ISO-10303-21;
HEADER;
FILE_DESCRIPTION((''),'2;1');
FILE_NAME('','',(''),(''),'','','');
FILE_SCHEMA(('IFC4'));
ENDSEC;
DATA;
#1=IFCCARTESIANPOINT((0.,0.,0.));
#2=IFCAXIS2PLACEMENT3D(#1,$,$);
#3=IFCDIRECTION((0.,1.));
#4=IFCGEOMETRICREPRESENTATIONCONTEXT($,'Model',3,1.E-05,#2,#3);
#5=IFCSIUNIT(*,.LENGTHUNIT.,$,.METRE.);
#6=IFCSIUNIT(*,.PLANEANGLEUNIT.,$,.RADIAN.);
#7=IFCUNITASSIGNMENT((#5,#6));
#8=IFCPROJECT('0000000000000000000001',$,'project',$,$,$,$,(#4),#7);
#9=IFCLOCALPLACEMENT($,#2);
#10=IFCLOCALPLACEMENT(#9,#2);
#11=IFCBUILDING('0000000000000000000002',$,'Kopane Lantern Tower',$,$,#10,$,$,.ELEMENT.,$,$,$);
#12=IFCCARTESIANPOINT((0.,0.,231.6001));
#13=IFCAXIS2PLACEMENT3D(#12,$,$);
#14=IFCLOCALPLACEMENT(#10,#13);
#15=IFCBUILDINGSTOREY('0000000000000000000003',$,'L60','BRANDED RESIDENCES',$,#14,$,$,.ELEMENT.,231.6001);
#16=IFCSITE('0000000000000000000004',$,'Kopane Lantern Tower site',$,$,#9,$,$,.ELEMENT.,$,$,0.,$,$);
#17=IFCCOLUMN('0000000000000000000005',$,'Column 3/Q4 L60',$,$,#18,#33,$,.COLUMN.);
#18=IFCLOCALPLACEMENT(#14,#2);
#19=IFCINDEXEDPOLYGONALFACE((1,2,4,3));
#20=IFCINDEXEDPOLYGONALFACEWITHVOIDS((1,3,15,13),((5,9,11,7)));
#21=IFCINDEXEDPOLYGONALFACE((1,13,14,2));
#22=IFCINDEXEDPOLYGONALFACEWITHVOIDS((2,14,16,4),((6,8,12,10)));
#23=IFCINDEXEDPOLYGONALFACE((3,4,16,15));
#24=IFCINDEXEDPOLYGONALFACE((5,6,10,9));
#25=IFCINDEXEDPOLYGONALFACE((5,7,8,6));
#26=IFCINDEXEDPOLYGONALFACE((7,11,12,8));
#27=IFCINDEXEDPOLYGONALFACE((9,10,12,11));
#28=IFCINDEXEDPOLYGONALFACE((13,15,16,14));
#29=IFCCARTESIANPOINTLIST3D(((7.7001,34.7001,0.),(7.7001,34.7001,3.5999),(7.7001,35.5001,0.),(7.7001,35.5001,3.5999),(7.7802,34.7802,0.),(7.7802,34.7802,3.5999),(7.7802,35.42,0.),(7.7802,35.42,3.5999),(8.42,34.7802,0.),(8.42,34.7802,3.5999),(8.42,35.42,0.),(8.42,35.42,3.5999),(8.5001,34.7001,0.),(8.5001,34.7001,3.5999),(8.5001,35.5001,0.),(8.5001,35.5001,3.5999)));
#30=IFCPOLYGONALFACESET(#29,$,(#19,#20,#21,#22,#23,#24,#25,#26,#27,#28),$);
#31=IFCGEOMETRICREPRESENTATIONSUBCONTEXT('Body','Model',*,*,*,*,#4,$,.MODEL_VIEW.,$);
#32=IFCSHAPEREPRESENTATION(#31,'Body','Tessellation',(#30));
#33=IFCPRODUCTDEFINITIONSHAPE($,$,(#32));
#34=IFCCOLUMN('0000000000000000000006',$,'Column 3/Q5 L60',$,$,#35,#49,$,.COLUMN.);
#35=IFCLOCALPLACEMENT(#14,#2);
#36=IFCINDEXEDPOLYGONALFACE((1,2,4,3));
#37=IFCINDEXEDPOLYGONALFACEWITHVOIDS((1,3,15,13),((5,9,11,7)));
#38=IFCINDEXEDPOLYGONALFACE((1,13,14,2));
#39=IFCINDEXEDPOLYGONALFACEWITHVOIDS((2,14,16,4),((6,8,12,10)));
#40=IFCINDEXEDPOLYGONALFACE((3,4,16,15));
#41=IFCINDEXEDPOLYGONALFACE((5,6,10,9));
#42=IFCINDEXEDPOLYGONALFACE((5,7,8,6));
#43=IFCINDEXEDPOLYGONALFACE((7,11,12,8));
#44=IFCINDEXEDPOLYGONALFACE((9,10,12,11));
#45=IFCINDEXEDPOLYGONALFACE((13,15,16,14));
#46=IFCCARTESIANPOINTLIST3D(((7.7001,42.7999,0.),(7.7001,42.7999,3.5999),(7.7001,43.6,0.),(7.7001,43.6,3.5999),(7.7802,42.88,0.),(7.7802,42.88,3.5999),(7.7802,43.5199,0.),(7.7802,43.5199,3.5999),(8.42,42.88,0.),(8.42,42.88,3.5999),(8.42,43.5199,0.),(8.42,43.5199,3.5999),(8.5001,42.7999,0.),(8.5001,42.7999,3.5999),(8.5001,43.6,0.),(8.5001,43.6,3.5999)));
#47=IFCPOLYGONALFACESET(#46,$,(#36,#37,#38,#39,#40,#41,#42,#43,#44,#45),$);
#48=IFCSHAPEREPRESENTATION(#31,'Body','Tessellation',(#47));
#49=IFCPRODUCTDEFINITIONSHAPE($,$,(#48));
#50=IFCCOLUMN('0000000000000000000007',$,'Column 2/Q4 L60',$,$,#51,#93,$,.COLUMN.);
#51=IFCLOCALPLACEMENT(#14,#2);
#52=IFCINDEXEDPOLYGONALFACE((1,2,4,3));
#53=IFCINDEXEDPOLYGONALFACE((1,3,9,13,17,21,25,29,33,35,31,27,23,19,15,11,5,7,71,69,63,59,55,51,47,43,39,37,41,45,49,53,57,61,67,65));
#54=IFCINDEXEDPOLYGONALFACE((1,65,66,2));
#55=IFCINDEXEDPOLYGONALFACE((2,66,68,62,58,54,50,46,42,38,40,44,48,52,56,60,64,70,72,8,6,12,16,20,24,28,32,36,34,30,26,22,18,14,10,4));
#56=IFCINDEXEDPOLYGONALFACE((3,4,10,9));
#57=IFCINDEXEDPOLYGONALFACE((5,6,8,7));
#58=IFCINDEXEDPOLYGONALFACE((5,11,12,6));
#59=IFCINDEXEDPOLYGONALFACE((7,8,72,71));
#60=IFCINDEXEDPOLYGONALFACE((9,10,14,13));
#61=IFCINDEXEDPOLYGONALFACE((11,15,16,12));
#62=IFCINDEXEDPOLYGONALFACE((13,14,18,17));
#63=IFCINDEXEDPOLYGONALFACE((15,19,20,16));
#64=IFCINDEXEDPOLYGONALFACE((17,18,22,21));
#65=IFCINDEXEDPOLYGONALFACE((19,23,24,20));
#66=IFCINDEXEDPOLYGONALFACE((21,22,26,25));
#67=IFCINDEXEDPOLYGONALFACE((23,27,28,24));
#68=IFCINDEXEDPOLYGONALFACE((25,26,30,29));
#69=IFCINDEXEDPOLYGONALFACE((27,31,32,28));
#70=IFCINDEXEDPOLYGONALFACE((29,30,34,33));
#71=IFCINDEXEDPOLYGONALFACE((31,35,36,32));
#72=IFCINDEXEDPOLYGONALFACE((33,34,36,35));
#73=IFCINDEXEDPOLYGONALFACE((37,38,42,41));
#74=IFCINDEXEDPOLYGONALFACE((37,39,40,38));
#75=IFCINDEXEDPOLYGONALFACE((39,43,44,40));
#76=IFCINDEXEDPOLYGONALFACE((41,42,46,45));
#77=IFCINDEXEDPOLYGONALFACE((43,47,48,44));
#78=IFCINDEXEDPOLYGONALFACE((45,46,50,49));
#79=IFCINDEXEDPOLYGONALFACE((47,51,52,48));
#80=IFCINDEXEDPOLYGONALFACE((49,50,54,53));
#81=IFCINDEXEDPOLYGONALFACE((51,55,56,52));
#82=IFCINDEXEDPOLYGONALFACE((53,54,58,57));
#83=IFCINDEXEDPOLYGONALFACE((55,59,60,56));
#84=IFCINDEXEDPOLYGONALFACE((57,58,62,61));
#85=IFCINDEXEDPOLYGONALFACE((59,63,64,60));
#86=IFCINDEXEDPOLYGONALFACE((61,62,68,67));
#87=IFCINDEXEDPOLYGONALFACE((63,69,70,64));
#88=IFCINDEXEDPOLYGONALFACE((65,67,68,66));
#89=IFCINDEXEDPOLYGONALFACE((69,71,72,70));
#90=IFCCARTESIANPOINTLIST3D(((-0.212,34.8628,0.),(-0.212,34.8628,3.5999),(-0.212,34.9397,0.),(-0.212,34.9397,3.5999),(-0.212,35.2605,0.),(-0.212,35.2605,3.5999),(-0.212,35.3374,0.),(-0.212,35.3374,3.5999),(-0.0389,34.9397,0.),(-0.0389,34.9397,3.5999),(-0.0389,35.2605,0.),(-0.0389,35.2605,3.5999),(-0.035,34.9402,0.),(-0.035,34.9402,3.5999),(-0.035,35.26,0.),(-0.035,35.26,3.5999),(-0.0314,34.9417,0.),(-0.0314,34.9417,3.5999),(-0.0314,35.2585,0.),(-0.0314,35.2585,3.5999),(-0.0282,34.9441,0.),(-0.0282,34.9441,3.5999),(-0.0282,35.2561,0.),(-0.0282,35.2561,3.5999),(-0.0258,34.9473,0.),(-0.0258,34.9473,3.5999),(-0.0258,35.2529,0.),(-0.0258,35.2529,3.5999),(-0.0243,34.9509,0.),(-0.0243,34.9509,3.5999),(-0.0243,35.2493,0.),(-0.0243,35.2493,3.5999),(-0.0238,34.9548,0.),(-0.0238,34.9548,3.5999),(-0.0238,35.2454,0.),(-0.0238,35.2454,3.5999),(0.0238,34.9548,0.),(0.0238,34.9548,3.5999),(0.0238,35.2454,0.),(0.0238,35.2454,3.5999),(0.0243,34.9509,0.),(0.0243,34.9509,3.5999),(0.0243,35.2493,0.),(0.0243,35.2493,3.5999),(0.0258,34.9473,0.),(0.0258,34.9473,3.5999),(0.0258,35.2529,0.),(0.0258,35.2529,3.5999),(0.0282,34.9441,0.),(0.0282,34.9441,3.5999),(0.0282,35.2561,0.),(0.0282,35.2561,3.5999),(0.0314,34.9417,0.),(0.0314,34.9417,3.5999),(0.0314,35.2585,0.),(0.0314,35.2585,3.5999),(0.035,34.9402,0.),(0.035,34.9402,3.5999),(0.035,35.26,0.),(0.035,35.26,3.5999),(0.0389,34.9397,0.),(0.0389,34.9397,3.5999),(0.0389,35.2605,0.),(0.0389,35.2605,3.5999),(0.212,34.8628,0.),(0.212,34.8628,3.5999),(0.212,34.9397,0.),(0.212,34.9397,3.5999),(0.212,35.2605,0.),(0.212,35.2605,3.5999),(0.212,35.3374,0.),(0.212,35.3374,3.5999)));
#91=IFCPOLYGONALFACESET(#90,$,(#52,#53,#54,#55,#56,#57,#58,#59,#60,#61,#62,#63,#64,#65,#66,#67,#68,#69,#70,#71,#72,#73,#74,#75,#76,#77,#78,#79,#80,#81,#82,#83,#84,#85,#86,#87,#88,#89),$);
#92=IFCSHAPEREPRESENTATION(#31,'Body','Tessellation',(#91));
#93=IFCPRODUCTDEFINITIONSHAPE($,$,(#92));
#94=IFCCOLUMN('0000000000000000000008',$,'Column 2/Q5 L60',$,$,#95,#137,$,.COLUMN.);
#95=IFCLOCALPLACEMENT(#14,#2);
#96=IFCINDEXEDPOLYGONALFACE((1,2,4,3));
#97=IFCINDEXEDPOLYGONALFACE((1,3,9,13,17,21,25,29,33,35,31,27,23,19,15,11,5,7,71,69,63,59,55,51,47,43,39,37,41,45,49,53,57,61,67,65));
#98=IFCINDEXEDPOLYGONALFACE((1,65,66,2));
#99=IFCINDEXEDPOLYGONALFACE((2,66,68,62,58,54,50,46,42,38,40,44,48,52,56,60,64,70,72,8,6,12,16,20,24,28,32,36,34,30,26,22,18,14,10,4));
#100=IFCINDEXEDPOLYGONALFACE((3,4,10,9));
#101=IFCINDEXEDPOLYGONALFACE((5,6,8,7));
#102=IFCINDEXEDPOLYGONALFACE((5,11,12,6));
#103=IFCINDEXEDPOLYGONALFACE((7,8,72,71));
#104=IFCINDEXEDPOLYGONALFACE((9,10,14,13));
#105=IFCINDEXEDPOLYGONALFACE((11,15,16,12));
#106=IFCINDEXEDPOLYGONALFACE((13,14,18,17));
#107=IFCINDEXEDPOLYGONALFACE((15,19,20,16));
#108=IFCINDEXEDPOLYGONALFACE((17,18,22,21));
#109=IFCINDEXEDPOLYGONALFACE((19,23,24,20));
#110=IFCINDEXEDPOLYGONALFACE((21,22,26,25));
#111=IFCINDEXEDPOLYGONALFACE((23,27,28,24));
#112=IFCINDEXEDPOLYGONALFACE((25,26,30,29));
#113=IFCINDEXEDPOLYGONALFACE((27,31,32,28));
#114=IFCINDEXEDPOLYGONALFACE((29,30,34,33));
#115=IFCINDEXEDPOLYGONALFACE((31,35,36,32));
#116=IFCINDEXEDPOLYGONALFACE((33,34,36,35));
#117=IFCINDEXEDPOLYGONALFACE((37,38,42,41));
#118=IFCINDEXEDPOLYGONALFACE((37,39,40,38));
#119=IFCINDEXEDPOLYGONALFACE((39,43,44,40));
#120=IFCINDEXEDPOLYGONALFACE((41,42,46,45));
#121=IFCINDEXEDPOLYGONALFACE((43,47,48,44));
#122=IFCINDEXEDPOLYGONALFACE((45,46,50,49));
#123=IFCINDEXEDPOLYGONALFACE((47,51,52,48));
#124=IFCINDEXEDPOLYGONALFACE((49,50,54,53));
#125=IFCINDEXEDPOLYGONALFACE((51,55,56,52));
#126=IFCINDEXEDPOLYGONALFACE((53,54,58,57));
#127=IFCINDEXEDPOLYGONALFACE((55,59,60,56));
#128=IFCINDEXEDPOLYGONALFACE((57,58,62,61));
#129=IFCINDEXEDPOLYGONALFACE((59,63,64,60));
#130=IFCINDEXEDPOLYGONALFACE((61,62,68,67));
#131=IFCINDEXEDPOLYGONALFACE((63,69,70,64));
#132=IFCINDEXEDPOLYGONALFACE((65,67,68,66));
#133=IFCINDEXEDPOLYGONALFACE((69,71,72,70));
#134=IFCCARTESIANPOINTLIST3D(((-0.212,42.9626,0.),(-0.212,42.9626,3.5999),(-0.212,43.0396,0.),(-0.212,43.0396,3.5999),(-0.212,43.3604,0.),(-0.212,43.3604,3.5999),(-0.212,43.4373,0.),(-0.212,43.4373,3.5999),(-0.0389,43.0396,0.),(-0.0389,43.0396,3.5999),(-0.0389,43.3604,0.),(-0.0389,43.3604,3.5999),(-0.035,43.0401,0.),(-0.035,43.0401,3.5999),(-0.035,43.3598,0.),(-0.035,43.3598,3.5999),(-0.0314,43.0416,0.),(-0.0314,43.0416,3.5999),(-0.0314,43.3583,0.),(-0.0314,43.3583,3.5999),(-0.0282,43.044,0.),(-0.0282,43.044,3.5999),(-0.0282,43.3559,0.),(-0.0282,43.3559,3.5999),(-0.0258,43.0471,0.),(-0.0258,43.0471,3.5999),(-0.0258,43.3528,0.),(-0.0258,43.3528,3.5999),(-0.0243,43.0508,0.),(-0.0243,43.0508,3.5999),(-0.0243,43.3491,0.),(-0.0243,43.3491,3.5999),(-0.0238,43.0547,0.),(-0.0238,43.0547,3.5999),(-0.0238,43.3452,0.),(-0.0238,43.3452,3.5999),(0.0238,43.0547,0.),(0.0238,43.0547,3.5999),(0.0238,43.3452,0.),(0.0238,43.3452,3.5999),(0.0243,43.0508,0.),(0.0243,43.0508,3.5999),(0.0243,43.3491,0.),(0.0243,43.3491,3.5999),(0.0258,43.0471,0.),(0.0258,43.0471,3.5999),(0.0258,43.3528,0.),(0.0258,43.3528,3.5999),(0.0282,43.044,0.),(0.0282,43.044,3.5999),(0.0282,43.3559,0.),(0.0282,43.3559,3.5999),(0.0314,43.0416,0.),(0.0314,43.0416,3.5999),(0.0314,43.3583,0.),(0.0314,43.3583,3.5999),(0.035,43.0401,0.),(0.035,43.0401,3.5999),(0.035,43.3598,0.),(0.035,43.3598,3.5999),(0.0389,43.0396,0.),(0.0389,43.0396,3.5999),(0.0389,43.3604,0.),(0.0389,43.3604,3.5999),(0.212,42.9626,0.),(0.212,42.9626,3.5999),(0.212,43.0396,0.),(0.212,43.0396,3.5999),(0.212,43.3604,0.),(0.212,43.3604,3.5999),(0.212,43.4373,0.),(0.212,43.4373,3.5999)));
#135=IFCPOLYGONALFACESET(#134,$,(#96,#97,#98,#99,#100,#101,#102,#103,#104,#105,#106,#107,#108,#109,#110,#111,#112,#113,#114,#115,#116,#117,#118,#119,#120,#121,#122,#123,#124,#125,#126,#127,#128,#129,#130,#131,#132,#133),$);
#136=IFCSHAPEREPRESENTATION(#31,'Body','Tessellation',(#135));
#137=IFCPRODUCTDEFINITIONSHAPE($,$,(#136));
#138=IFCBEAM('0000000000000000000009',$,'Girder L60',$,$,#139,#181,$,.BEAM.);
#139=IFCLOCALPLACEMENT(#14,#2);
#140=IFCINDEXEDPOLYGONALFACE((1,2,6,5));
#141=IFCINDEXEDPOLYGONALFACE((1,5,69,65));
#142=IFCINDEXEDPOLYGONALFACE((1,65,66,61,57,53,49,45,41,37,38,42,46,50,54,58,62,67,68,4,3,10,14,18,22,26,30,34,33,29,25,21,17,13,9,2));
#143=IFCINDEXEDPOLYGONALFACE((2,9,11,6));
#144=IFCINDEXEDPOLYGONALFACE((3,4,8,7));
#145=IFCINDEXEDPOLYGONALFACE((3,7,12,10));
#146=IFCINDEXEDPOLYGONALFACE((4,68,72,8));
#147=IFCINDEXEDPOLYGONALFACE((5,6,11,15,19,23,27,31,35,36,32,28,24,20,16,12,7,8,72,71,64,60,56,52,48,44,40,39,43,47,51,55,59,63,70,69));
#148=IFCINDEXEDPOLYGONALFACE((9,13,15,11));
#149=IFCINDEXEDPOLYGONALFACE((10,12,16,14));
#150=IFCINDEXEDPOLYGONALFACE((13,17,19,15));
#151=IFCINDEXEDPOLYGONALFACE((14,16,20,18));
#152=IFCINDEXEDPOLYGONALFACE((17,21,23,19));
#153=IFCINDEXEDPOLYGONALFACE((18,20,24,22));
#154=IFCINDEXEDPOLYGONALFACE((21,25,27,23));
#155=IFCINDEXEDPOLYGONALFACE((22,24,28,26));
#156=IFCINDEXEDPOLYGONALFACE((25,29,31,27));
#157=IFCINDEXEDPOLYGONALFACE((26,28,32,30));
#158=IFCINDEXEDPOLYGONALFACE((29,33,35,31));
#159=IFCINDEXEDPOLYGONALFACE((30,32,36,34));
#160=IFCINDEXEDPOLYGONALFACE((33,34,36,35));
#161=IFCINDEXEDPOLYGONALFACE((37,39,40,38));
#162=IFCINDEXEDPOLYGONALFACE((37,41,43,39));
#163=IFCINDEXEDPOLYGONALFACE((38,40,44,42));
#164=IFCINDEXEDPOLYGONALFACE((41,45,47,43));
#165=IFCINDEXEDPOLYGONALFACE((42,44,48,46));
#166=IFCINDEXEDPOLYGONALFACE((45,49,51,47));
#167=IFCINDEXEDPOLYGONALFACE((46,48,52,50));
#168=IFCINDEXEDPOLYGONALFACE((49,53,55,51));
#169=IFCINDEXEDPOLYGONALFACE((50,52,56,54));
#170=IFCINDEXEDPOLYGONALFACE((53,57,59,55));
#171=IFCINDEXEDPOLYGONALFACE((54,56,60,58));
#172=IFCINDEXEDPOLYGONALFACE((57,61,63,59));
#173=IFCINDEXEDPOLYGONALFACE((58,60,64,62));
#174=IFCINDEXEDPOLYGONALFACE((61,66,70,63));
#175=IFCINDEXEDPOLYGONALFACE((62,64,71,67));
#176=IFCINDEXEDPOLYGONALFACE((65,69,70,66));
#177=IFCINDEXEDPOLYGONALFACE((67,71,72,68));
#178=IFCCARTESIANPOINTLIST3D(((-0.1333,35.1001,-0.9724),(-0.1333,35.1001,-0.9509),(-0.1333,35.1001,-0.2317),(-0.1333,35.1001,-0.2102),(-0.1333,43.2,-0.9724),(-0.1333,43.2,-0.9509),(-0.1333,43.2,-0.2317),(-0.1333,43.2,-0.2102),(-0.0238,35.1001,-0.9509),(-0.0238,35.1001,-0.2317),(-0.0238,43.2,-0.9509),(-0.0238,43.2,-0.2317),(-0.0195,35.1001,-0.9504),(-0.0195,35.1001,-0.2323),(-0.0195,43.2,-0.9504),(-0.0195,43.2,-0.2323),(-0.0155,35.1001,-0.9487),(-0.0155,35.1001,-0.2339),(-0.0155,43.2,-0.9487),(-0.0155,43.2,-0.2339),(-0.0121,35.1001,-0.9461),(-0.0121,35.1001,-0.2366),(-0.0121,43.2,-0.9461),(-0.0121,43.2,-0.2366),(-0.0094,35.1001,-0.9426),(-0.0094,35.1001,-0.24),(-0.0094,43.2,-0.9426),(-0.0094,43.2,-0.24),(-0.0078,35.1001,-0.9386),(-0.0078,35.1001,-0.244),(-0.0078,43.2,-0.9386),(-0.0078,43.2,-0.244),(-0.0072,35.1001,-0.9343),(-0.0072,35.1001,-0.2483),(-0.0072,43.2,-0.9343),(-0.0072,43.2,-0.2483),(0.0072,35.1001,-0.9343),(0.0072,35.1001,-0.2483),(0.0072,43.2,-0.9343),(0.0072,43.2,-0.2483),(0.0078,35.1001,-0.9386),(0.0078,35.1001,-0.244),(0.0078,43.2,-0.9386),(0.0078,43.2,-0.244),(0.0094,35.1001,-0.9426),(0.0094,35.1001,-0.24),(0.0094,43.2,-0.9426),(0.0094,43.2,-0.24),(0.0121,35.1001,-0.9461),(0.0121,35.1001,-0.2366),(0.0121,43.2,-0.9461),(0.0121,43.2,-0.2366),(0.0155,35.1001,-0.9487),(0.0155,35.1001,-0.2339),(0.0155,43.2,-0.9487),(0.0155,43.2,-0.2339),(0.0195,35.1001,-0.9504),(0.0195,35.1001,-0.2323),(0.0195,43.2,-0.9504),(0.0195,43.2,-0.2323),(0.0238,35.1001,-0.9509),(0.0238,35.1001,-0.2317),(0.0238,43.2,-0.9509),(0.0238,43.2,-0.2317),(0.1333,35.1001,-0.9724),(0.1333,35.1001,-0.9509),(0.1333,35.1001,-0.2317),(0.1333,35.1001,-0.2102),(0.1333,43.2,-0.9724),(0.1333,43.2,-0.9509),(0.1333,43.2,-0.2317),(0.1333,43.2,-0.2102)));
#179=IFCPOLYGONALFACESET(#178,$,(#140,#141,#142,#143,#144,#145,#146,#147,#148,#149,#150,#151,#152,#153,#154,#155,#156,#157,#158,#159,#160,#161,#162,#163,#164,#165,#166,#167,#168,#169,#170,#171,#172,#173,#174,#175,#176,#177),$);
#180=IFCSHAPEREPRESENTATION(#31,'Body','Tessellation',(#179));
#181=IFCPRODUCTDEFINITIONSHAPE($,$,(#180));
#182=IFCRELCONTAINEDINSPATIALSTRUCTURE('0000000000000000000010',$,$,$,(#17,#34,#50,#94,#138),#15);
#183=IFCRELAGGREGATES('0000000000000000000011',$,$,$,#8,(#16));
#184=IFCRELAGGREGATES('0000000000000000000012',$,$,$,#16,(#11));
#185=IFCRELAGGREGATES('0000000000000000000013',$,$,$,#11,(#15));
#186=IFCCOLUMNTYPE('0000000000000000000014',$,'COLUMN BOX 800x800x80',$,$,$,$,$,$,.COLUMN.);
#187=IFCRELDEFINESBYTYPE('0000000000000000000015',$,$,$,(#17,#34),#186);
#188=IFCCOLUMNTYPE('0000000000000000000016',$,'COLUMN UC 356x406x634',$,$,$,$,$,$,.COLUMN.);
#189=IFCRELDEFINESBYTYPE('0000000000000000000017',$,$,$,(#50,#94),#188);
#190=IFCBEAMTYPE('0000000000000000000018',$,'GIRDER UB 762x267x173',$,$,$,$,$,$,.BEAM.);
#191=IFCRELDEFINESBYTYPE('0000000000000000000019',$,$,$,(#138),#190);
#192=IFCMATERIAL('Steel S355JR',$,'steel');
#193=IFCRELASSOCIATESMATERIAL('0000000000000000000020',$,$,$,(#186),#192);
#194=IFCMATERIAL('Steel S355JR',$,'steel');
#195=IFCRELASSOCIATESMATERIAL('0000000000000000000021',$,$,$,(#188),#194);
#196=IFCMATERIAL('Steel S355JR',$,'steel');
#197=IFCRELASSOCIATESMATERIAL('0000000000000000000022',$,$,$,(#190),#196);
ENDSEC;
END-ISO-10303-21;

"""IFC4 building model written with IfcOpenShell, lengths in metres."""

from ifc_helpers import new_model, si_unit, direction, frame, origin, origin_2d, place, context, subcontext, project, spatial, hollow_rectangle, i_section, extrude, material, material_profile, profile_set, type_object, element, save


model = new_model("IFC4")

# Units and contexts
model_context = context("Model", 3, precision=1e-05, world=origin(), true_north=direction((0.0, 1.0)))
body_context = subcontext(model_context, "Body", "Model", "MODEL_VIEW")
ifc_project = project(units=[si_unit("LENGTHUNIT", "METRE"), si_unit("PLANEANGLEUNIT", "RADIAN")], contexts=[model_context])

# Site, building, storey
site_placement = place(None, origin())
site = spatial("IfcSite", under=ifc_project, at=site_placement, Name="Kopane Lantern Tower site", CompositionType="ELEMENT", RefElevation=0.0)
building_placement = place(site_placement, origin())
building = spatial("IfcBuilding", under=site, at=building_placement, Name="Kopane Lantern Tower", CompositionType="ELEMENT")
storey_placement = place(building_placement, frame((0.0, 0.0, 231.6001)))
storey = spatial("IfcBuildingStorey", under=building, at=storey_placement, Name="L60", Description="BRANDED RESIDENCES", CompositionType="ELEMENT", Elevation=231.6001)

# Columns
ifc_material_1 = material(Name="Steel S355JR", Category="steel")
ifc_material_profile_1 = material_profile(ifc_material_1, hollow_rectangle(XDim=0.8, YDim=0.8, WallThickness=0.0801, at=origin_2d()), Name="BOX 800x800x80")
ifc_profile_set_1 = profile_set([ifc_material_profile_1], Name="Steel S355JR")
column_type_1 = type_object("IfcColumnType", Name="COLUMN BOX 800x800x80", PredefinedType="COLUMN", material=ifc_profile_set_1)
for number, where, z_axis, x_axis, name in (
    (1, (8.1001, 35.1001, 0.0), (0.0, 0.0, 1.0), (1.0, 0.0, 0.0), "Column 3/Q4 L60"),
    (2, (8.1001, 43.2, 0.0), (0.0, 0.0, 1.0), (1.0, 0.0, 0.0), "Column 3/Q5 L60"),
):
    element("IfcColumn", number, at=place(storey_placement, frame(where, z_axis=z_axis, x_axis=x_axis)), inside=storey, type_object=column_type_1, Name=name, PredefinedType="COLUMN", context=body_context, shape_type="SweptSolid", body=[
        extrude(hollow_rectangle(XDim=0.8, YDim=0.8, WallThickness=0.0801, at=origin_2d()), origin(), (0.0, 0.0, 1.0), 3.5999),
    ])
ifc_material_2 = material(Name="Steel S355JR", Category="steel")
ifc_material_profile_2 = material_profile(ifc_material_2, i_section(OverallWidth=0.4241, OverallDepth=0.4746, WebThickness=0.0476, FlangeThickness=0.0769, FilletRadius=0.0151, at=origin_2d()), Name="UC 356x406x634")
ifc_profile_set_2 = profile_set([ifc_material_profile_2], Name="Steel S355JR")
column_type_2 = type_object("IfcColumnType", Name="COLUMN UC 356x406x634", PredefinedType="COLUMN", material=ifc_profile_set_2)
for number, where, z_axis, x_axis, name in (
    (3, (0.0, 35.1001, 0.0), (0.0, 0.0, 1.0), (1.0, 0.0, 0.0), "Column 2/Q4 L60"),
    (4, (0.0, 43.2, 0.0), (0.0, 0.0, 1.0), (1.0, 0.0, 0.0), "Column 2/Q5 L60"),
):
    element("IfcColumn", number, at=place(storey_placement, frame(where, z_axis=z_axis, x_axis=x_axis)), inside=storey, type_object=column_type_2, Name=name, PredefinedType="COLUMN", context=body_context, shape_type="SweptSolid", body=[
        extrude(i_section(OverallWidth=0.4241, OverallDepth=0.4746, WebThickness=0.0476, FlangeThickness=0.0769, FilletRadius=0.0151, at=origin_2d()), origin(), (0.0, 0.0, 1.0), 3.5999),
    ])

# Beam
ifc_material_3 = material(Name="Steel S355JR", Category="steel")
ifc_material_profile_3 = material_profile(ifc_material_3, i_section(OverallWidth=0.2666, OverallDepth=0.7622, WebThickness=0.0144, FlangeThickness=0.0215, FilletRadius=0.0166, at=origin_2d()), Name="UB 762x267x173")
ifc_profile_set_3 = profile_set([ifc_material_profile_3], Name="Steel S355JR")
beam_type = type_object("IfcBeamType", Name="GIRDER UB 762x267x173", PredefinedType="BEAM", material=ifc_profile_set_3)
beam_1_placement = place(storey_placement, frame((0.0, 35.1001, -0.5913), z_axis=(0.0, 1.0, 0.0), x_axis=(-1.0, 0.0, 0.0)))
element("IfcBeam", 5, at=beam_1_placement, inside=storey, type_object=beam_type, Name="Girder L60", PredefinedType="BEAM", context=body_context, shape_type="SweptSolid", body=[
    extrude(i_section(OverallWidth=0.2666, OverallDepth=0.7622, WebThickness=0.0144, FlangeThickness=0.0215, FilletRadius=0.0166, at=origin_2d()), origin(), (0.0, 0.0, 1.0), 8.0999),
])

save(model, "model.ifc")
